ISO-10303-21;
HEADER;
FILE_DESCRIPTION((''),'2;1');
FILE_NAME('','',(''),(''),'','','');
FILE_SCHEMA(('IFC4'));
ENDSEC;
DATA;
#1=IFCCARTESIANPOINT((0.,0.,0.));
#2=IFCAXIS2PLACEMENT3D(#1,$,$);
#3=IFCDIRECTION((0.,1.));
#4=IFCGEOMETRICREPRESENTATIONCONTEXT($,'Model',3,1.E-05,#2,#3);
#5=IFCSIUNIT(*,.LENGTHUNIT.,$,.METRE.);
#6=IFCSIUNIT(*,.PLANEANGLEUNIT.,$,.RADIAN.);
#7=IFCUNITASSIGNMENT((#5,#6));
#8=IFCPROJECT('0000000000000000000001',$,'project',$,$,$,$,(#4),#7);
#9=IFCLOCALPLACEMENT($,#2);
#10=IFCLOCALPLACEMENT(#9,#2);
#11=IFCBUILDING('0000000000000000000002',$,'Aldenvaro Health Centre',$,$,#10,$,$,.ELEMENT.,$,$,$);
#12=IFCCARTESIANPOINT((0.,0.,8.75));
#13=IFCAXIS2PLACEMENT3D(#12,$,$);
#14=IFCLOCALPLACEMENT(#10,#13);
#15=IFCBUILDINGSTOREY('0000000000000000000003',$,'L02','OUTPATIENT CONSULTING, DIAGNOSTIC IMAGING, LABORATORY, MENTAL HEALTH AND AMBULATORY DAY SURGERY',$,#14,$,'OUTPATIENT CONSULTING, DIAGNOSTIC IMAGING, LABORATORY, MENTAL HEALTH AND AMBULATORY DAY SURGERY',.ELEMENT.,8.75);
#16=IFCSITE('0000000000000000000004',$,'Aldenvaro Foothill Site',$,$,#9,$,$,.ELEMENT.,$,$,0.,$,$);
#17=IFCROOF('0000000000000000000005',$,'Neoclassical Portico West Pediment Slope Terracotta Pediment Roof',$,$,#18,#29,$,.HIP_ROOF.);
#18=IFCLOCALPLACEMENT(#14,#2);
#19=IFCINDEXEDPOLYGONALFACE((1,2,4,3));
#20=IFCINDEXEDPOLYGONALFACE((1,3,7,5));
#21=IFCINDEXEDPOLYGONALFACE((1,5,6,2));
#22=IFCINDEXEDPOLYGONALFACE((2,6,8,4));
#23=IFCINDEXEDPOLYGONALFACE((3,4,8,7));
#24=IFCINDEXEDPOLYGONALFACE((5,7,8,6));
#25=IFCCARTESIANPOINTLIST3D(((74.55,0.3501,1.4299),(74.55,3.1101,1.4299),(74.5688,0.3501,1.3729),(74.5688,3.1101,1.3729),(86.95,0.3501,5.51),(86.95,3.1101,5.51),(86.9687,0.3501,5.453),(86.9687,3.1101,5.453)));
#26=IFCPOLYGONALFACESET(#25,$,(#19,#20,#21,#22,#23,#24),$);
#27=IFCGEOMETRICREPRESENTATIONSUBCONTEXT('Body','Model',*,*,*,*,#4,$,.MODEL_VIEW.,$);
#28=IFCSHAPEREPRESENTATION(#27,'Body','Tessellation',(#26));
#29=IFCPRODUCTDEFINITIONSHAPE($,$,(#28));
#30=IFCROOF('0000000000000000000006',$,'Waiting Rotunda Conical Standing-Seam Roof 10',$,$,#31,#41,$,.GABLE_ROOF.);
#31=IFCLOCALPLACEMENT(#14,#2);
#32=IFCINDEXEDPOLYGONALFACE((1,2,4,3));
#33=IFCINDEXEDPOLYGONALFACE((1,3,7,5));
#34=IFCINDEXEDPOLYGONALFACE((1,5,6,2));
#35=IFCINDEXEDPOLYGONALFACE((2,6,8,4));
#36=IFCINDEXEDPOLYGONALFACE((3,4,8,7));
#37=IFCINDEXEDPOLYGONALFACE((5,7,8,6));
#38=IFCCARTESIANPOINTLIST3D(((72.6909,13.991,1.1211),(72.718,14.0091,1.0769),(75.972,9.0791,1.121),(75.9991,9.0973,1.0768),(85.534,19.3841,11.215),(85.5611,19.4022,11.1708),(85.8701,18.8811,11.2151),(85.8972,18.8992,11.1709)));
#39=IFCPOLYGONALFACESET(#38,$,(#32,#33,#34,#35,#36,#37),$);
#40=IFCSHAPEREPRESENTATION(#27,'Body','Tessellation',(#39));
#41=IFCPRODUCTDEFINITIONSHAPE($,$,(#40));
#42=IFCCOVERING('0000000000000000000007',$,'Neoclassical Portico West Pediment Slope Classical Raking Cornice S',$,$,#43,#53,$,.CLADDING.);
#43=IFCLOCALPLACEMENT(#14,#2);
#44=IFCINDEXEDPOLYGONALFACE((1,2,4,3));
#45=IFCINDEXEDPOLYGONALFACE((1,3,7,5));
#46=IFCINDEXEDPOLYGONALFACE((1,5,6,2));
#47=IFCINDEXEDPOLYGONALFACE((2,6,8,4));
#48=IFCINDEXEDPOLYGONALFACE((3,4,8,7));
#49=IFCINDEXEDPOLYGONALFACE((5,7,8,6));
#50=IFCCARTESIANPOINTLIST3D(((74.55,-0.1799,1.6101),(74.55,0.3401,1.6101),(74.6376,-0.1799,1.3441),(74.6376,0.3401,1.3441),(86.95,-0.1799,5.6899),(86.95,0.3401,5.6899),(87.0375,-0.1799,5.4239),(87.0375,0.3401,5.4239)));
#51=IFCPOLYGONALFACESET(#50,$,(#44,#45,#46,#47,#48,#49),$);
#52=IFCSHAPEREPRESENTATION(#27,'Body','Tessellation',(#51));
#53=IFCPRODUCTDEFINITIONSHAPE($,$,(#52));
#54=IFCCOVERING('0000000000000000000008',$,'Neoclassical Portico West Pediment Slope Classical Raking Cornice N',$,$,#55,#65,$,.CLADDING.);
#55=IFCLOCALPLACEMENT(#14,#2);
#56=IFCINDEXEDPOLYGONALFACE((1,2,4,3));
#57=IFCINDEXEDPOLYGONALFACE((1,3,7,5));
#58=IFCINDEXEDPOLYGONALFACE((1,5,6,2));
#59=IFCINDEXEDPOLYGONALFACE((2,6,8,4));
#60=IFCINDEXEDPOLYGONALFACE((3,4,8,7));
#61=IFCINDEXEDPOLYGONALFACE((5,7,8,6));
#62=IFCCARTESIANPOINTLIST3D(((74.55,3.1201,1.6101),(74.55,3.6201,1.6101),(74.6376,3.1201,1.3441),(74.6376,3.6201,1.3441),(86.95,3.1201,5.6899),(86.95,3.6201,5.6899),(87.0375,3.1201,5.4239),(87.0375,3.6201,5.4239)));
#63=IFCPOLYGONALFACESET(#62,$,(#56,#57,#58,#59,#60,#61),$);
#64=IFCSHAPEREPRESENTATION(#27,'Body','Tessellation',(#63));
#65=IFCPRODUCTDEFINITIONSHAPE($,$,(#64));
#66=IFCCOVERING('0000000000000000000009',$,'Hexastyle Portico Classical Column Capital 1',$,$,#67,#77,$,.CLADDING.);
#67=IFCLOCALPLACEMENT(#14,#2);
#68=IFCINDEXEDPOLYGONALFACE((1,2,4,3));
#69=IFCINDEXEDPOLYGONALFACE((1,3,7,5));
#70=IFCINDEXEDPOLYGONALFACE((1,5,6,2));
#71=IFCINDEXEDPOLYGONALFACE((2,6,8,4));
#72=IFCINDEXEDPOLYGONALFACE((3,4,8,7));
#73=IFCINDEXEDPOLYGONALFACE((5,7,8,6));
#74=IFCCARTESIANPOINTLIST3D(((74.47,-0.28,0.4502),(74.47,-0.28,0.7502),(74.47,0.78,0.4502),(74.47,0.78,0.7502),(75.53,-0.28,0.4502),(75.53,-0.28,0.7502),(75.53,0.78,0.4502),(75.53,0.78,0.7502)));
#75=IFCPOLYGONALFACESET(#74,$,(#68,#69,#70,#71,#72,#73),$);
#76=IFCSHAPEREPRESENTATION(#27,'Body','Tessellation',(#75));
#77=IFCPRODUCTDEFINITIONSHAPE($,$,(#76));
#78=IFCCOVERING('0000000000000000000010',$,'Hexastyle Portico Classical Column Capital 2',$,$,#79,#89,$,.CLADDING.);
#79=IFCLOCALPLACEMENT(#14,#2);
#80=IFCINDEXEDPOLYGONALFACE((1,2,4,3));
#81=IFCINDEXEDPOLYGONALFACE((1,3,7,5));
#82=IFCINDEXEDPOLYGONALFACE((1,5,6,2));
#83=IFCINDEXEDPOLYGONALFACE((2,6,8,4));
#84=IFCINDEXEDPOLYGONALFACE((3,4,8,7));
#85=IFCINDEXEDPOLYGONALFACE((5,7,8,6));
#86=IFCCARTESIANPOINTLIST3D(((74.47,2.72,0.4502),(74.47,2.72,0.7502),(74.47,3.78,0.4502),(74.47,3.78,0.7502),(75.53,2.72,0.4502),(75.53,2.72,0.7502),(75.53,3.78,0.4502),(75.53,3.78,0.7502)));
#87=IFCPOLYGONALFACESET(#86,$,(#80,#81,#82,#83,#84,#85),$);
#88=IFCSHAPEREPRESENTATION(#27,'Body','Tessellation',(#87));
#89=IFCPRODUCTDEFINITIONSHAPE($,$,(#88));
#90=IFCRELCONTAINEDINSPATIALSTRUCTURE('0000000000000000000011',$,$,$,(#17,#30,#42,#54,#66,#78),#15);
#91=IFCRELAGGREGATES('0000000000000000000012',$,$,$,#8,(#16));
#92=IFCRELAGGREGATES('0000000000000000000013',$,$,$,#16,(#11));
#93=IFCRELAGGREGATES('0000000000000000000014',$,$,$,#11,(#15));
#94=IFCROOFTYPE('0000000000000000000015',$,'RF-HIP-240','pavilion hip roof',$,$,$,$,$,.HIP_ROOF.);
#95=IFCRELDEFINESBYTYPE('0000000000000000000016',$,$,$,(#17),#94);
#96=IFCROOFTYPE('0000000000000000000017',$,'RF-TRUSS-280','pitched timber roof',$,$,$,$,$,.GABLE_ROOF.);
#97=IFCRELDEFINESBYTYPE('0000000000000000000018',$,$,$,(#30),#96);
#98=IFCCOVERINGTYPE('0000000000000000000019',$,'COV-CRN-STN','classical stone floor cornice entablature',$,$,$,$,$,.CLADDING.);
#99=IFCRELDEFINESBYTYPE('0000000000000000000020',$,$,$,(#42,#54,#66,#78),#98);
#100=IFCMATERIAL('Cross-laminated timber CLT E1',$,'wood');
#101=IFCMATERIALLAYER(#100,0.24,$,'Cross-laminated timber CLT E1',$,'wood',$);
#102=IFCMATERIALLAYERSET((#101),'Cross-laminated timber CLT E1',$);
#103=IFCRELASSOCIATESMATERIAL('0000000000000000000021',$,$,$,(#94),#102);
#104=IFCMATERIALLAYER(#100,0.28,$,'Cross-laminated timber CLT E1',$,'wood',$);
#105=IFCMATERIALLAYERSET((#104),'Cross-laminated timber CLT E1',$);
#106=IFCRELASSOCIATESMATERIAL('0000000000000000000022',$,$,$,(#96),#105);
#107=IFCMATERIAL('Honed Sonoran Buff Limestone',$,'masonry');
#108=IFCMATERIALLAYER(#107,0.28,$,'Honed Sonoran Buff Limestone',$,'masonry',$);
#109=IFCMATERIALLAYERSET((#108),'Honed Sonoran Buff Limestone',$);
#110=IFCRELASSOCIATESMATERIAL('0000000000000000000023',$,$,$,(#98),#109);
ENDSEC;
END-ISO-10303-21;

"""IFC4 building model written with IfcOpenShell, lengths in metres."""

from ifc_helpers import new_model, si_unit, direction, frame, origin, origin_2d, place, context, subcontext, project, spatial, polyline, rectangle, outline, extrude, material, layer, layer_set, type_object, element, save


model = new_model("IFC4")

# Units and contexts
model_context = context("Model", 3, precision=1e-05, world=origin(), true_north=direction((0.0, 1.0)))
body_context = subcontext(model_context, "Body", "Model", "MODEL_VIEW")
ifc_project = project(units=[si_unit("LENGTHUNIT", "METRE"), si_unit("PLANEANGLEUNIT", "RADIAN")], contexts=[model_context])

# Site, building, storey
site_placement = place(None, origin())
site = spatial("IfcSite", under=ifc_project, at=site_placement, Name="Aldenvaro Foothill Site", CompositionType="ELEMENT", RefElevation=0.0)
building_placement = place(site_placement, origin())
building = spatial("IfcBuilding", under=site, at=building_placement, Name="Aldenvaro Health Centre", CompositionType="ELEMENT")
storey_placement = place(building_placement, frame((0.0, 0.0, 8.75)))
storey = spatial("IfcBuildingStorey", under=building, at=storey_placement, Name="L02", Description="OUTPATIENT CONSULTING, DIAGNOSTIC IMAGING, LABORATORY, MENTAL HEALTH AND AMBULATORY DAY SURGERY", LongName="OUTPATIENT CONSULTING, DIAGNOSTIC IMAGING, LABORATORY, MENTAL HEALTH AND AMBULATORY DAY SURGERY", CompositionType="ELEMENT", Elevation=8.75)

# Shared definitions
ifc_material_1 = material(Name="Cross-laminated timber CLT E1", Category="wood")

# Roofs
ifc_layer_1 = layer(ifc_material_1, 0.24, Name="Cross-laminated timber CLT E1", Category="wood")
ifc_layer_set_1 = layer_set([ifc_layer_1], Name="Cross-laminated timber CLT E1")
roof_type_1 = type_object("IfcRoofType", Name="RF-HIP-240", Description="pavilion hip roof", PredefinedType="HIP_ROOF", material=ifc_layer_set_1)
roof_1_placement = place(storey_placement, frame((74.55, 0.3501, 1.4299), z_axis=(-0.312556, 0.0, 0.949899), x_axis=(0.949899, 0.0, 0.312556)))
element("IfcRoof", 1, at=roof_1_placement, inside=storey, type_object=roof_type_1, Name="Neoclassical Portico West Pediment Slope Terracotta Pediment Roof", PredefinedType="HIP_ROOF", context=body_context, shape_type="SweptSolid", body=[
    extrude(outline(polyline([(0.0, 0.0), (13.0539, 0.0), (13.0539, 2.76), (0.0, 2.76), (0.0, 0.0)])), origin(), (0.0, 0.0, -1.0), 0.0601),
])
ifc_layer_2 = layer(ifc_material_1, 0.28, Name="Cross-laminated timber CLT E1", Category="wood")
ifc_layer_set_2 = layer_set([ifc_layer_2], Name="Cross-laminated timber CLT E1")
roof_type_2 = type_object("IfcRoofType", Name="RF-TRUSS-280", Description="pitched timber roof", PredefinedType="GABLE_ROOF", material=ifc_layer_set_2)
roof_2_placement = place(storey_placement, frame((72.6909, 13.991, 1.1211), z_axis=(-0.493817, -0.329879, 0.804565), x_axis=(0.555462, -0.831542, -0.000014)))
element("IfcRoof", 2, at=roof_2_placement, inside=storey, type_object=roof_type_2, Name="Waiting Rotunda Conical Standing-Seam Roof 10", PredefinedType="GABLE_ROOF", context=body_context, shape_type="SweptSolid", body=[
    extrude(outline(polyline([(0.0, 0.0), (5.9069, 0.0), (3.2541, 16.9972), (2.6491, 16.997), (0.0, 0.0)])), origin(), (0.0, 0.0, -1.0), 0.0549),
])

# Coverings
ifc_material_2 = material(Name="Honed Sonoran Buff Limestone", Category="masonry")
ifc_layer_3 = layer(ifc_material_2, 0.28, Name="Honed Sonoran Buff Limestone", Category="masonry")
ifc_layer_set_3 = layer_set([ifc_layer_3], Name="Honed Sonoran Buff Limestone")
covering_type = type_object("IfcCoveringType", Name="COV-CRN-STN", Description="classical stone floor cornice entablature", PredefinedType="CLADDING", material=ifc_layer_set_3)
covering_1_placement = place(storey_placement, frame((74.55, -0.1799, 1.6101), z_axis=(-0.312539, 0.0, 0.949905), x_axis=(0.949905, 0.0, 0.312539)))
element("IfcCovering", 3, at=covering_1_placement, inside=storey, type_object=covering_type, Name="Neoclassical Portico West Pediment Slope Classical Raking Cornice S", PredefinedType="CLADDING", context=body_context, shape_type="SweptSolid", body=[
    extrude(outline(polyline([(0.0, 0.0), (13.0538, 0.0), (13.0538, 0.52), (0.0, 0.52), (0.0, 0.0)])), origin(), (0.0, 0.0, -1.0), 0.28),
])
covering_2_placement = place(storey_placement, frame((74.55, 3.1201, 1.6101), z_axis=(-0.312539, 0.0, 0.949905), x_axis=(0.949905, 0.0, 0.312539)))
element("IfcCovering", 4, at=covering_2_placement, inside=storey, type_object=covering_type, Name="Neoclassical Portico West Pediment Slope Classical Raking Cornice N", PredefinedType="CLADDING", context=body_context, shape_type="SweptSolid", body=[
    extrude(outline(polyline([(0.0, 0.0), (13.0538, 0.0), (13.0538, 0.5), (0.0, 0.5), (0.0, 0.0)])), origin(), (0.0, 0.0, -1.0), 0.28),
])
for number, where, z_axis, x_axis, name in (
    (5, (75.0, 0.25, 0.4502), (0.0, 0.0, 1.0), (1.0, 0.0, 0.0), "Hexastyle Portico Classical Column Capital 1"),
    (6, (75.0, 3.25, 0.4502), (0.0, 0.0, 1.0), (1.0, 0.0, 0.0), "Hexastyle Portico Classical Column Capital 2"),
):
    element("IfcCovering", number, at=place(storey_placement, frame(where, z_axis=z_axis, x_axis=x_axis)), inside=storey, type_object=covering_type, Name=name, PredefinedType="CLADDING", context=body_context, shape_type="SweptSolid", body=[
        extrude(rectangle(XDim=1.0601, YDim=1.0601, at=origin_2d()), origin(), (0.0, 0.0, 1.0), 0.3),
    ])

save(model, "model.ifc")
